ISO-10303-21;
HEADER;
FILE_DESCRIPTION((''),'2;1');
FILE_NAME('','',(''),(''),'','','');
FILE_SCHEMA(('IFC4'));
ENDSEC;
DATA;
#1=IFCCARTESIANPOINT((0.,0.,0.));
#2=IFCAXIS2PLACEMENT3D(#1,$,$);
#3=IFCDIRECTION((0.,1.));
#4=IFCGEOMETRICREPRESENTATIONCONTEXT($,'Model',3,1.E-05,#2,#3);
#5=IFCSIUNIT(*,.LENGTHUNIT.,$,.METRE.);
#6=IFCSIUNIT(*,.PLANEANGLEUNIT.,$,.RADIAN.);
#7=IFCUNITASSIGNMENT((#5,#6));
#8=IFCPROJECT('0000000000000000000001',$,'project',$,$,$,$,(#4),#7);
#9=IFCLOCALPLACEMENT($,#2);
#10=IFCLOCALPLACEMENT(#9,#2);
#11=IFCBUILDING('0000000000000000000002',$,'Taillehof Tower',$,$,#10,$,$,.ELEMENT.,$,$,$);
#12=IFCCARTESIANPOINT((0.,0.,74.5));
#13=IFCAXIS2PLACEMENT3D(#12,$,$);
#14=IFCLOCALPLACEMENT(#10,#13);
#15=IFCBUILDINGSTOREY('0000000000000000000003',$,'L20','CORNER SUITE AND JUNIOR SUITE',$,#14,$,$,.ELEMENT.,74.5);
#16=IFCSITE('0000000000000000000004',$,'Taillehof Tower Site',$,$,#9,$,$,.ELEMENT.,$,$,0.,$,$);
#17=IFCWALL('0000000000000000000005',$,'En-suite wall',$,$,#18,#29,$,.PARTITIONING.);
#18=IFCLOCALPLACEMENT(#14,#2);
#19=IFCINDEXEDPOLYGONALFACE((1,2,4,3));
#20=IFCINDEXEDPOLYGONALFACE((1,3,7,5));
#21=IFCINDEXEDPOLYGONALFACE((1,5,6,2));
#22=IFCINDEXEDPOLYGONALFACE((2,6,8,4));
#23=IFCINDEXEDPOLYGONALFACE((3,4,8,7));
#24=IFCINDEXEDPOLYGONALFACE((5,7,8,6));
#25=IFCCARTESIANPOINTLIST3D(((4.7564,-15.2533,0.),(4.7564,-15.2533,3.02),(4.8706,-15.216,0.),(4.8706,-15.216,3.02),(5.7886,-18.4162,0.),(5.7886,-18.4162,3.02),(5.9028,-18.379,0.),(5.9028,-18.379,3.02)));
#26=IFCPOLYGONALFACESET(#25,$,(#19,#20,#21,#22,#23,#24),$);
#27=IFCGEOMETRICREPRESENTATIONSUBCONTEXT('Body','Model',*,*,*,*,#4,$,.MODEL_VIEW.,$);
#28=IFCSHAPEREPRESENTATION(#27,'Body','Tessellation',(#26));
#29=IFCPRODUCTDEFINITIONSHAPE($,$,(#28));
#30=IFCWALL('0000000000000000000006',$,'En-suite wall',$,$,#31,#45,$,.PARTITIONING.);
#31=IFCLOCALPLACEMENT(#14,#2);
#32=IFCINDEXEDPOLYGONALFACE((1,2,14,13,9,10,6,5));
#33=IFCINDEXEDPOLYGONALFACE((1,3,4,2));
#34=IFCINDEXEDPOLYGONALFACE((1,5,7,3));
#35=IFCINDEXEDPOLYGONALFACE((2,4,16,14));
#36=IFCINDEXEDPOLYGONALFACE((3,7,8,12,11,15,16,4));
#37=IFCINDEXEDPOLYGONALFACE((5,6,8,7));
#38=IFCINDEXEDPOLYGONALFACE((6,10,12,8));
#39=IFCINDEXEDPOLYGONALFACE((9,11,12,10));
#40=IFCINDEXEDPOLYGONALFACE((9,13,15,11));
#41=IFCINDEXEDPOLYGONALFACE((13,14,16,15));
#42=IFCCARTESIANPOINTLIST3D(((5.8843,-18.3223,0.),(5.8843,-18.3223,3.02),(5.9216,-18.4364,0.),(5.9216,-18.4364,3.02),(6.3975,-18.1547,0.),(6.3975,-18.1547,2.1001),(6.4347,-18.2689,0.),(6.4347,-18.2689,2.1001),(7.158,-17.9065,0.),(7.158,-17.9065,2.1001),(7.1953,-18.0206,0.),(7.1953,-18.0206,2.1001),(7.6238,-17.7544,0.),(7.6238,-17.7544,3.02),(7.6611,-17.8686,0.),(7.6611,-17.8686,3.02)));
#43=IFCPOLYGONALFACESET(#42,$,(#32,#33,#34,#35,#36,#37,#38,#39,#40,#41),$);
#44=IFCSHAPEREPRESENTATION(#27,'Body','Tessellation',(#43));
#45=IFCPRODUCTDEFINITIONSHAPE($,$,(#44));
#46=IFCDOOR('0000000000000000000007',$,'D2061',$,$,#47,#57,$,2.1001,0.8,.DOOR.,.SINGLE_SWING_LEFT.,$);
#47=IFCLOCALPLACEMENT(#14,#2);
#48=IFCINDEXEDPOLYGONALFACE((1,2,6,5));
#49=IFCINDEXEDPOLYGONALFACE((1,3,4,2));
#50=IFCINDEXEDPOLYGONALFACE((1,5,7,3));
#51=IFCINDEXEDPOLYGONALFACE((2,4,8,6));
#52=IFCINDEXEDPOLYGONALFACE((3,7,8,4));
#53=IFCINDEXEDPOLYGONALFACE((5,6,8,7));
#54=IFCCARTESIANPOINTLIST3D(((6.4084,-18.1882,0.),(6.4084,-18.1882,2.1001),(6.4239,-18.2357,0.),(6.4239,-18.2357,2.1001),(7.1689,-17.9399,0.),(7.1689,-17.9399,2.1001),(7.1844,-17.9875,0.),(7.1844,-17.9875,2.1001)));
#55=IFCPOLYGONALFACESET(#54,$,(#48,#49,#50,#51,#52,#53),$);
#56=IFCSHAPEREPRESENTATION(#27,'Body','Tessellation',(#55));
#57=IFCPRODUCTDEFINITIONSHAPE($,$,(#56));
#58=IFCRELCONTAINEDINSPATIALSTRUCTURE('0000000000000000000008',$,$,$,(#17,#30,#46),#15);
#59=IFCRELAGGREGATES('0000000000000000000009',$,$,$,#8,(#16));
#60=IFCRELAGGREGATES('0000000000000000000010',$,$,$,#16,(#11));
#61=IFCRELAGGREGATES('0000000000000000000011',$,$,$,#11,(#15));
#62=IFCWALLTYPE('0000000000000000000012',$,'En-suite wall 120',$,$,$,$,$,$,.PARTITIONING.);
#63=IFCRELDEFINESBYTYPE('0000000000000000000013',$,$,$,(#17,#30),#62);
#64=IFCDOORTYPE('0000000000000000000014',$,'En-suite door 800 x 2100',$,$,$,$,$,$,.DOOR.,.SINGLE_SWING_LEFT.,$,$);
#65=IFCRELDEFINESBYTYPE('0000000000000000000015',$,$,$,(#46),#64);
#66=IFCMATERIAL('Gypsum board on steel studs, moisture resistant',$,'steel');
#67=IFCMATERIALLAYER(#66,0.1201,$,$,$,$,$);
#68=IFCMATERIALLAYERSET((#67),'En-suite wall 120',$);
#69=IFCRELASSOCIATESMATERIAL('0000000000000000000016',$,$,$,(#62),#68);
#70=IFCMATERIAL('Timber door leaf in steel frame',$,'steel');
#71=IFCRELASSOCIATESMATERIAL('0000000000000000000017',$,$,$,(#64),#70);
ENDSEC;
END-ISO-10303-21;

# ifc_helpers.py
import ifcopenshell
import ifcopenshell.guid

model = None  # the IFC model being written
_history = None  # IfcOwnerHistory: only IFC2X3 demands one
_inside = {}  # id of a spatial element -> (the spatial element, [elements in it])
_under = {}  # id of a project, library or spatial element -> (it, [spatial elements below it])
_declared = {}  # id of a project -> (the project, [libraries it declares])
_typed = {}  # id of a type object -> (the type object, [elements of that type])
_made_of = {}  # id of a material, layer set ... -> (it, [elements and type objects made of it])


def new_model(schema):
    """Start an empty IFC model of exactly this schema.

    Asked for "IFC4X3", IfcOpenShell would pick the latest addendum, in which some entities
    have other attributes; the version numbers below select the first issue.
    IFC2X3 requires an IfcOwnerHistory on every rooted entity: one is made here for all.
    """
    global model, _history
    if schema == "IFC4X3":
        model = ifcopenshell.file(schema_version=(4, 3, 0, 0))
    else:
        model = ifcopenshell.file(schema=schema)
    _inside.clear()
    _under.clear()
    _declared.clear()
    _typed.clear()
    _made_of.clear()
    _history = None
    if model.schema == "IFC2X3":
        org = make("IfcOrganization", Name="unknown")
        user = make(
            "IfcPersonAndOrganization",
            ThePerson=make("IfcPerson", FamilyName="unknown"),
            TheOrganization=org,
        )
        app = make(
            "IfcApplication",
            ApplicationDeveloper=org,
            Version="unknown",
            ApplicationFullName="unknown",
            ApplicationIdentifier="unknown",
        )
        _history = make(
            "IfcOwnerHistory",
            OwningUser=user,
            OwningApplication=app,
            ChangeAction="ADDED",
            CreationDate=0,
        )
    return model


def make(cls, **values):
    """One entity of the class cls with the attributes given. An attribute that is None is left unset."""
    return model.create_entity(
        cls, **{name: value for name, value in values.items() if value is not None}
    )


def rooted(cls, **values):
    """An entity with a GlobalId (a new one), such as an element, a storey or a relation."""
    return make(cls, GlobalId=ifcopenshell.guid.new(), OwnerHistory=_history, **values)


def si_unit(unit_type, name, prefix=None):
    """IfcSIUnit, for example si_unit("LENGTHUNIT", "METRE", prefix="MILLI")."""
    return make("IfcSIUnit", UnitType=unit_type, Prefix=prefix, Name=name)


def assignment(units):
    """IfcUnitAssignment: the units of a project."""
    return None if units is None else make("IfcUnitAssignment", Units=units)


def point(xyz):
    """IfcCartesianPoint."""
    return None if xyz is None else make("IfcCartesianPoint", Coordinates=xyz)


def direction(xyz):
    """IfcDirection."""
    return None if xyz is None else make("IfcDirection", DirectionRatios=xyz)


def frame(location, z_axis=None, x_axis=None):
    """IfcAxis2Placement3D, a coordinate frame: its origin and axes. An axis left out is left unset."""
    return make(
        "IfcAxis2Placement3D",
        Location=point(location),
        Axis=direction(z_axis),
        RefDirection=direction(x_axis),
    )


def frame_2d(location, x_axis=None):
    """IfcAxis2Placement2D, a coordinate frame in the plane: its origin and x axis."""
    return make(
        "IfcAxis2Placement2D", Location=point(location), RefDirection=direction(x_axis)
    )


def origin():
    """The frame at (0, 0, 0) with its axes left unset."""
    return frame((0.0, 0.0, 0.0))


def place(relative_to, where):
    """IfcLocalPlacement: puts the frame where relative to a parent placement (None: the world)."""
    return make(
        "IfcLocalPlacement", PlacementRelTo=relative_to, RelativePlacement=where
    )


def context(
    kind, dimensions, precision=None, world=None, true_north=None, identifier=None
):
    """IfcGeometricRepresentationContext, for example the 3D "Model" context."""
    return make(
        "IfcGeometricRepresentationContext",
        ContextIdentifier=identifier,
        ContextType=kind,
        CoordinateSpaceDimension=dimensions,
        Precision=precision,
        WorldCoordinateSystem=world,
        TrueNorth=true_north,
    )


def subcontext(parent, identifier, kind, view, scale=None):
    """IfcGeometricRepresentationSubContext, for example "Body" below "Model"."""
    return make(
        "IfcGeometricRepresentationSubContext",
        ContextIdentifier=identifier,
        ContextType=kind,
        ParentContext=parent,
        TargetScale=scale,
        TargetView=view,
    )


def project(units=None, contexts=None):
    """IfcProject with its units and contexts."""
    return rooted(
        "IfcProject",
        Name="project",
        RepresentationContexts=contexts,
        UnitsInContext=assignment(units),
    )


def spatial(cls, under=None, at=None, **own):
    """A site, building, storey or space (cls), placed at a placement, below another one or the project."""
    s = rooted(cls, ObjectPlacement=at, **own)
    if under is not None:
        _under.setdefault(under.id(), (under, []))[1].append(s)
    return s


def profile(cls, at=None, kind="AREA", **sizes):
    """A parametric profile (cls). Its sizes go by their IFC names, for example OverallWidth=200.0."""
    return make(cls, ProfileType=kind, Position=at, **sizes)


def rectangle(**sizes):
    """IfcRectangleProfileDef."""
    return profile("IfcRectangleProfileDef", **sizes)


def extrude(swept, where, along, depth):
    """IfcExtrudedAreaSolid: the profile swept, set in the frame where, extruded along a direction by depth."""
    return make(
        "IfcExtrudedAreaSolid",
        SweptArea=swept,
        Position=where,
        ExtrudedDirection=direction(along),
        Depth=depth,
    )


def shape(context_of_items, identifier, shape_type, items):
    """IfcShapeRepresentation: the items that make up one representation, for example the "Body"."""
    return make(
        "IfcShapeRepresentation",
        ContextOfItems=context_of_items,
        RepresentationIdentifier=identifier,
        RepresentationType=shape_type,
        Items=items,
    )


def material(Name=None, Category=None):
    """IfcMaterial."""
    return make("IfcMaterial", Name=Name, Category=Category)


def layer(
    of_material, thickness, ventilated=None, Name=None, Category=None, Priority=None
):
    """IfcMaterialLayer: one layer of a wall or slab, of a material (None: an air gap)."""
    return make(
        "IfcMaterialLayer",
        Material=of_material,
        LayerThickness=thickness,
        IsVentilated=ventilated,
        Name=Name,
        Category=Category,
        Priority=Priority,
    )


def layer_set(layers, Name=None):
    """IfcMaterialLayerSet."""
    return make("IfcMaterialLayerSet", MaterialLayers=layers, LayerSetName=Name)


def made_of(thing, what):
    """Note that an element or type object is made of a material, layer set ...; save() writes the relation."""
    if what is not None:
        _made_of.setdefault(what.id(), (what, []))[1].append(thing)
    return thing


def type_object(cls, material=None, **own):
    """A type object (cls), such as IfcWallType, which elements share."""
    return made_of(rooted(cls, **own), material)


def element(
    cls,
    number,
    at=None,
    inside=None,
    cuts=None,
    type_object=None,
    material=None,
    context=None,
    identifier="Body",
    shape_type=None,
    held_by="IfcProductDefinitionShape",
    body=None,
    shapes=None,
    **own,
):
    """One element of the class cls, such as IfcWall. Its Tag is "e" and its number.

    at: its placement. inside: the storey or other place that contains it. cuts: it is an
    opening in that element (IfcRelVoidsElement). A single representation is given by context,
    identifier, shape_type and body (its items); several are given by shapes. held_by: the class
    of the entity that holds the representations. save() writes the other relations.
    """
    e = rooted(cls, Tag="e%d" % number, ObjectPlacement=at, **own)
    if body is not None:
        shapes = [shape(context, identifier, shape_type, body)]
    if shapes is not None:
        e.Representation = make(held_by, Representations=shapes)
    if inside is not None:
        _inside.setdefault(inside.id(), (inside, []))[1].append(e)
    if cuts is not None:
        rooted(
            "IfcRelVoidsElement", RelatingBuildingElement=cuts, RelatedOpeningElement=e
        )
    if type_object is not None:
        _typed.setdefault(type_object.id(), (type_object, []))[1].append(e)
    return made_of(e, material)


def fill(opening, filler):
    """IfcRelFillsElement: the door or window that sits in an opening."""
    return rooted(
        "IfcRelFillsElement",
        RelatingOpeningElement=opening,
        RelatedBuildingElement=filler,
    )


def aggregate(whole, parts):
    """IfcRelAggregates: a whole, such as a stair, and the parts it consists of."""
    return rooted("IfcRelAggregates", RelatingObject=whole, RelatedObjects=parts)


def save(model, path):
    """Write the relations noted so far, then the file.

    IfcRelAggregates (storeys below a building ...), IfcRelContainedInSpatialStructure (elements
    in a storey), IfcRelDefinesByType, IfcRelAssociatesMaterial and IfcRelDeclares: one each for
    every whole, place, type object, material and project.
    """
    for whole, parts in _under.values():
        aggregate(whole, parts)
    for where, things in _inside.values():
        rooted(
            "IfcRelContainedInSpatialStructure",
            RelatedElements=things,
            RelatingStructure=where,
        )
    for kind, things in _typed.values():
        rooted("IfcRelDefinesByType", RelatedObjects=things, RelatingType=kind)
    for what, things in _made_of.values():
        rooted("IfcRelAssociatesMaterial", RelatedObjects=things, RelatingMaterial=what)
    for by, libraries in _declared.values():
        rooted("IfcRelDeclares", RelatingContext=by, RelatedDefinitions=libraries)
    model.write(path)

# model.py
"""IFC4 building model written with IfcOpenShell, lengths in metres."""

from ifc_helpers import new_model, si_unit, direction, frame, frame_2d, origin, place, context, subcontext, project, spatial, rectangle, extrude, material, layer, layer_set, type_object, element, fill, save


model = new_model("IFC4")

# Units and contexts
model_context = context("Model", 3, precision=1e-05, world=origin(), true_north=direction((0.0, 1.0)))
body_context = subcontext(model_context, "Body", "Model", "MODEL_VIEW")
ifc_project = project(units=[si_unit("LENGTHUNIT", "METRE"), si_unit("PLANEANGLEUNIT", "RADIAN")], contexts=[model_context])

# Site, building, storey
site_placement = place(None, origin())
site = spatial("IfcSite", under=ifc_project, at=site_placement, Name="Taillehof Tower Site", CompositionType="ELEMENT", RefElevation=0.0)
building_placement = place(site_placement, origin())
building = spatial("IfcBuilding", under=site, at=building_placement, Name="Taillehof Tower", CompositionType="ELEMENT")
storey_placement = place(building_placement, frame((0.0, 0.0, 74.5)))
storey = spatial("IfcBuildingStorey", under=building, at=storey_placement, Name="L20", Description="CORNER SUITE AND JUNIOR SUITE", CompositionType="ELEMENT", Elevation=74.5)

# Wall
ifc_material_1 = material(Name="Gypsum board on steel studs, moisture resistant", Category="steel")
ifc_layer_1 = layer(ifc_material_1, 0.1201)
ifc_layer_set_1 = layer_set([ifc_layer_1], Name="En-suite wall 120")
wall_type_1 = type_object("IfcWallType", Name="En-suite wall 120", PredefinedType="PARTITIONING", material=ifc_layer_set_1)
wall_1_placement = place(storey_placement, frame((4.8135, -15.2346, 0.0), z_axis=(0.0, 0.0, 1.0), x_axis=(0.310234, -0.95066, 0.0)))
element("IfcWall", 1, at=wall_1_placement, inside=storey, type_object=wall_type_1, Name="En-suite wall", PredefinedType="PARTITIONING", context=body_context, shape_type="SweptSolid", body=[
    extrude(rectangle(XDim=3.3271, YDim=0.1201, at=frame_2d((1.6636, 0.0))), origin(), (0.0, 0.0, 1.0), 3.02),
])

# Wall, opening, door
wall_2_placement = place(storey_placement, frame((5.9028, -18.3794, 0.0), z_axis=(0.0, 0.0, 1.0), x_axis=(0.950626, 0.310338, 0.0)))
wall_2 = element("IfcWall", 2, at=wall_2_placement, inside=storey, type_object=wall_type_1, Name="En-suite wall", PredefinedType="PARTITIONING", context=body_context, shape_type="SweptSolid", body=[
    extrude(rectangle(XDim=1.8298, YDim=0.1201, at=frame_2d((0.915, 0.0))), origin(), (0.0, 0.0, 1.0), 3.02),
])
opening_1_placement = place(wall_2_placement, frame((0.54, 0.0, 0.0)))
opening_1 = element("IfcOpeningElement", 3, at=opening_1_placement, cuts=wall_2, PredefinedType="OPENING", context=body_context, shape_type="SweptSolid", body=[
    extrude(rectangle(XDim=0.8, YDim=2.1001, at=frame_2d((0.3999, 1.05))), frame((0.0, 0.0701, 0.0), z_axis=(0.0, -1.0, 0.0), x_axis=(1.0, 0.0, 0.0)), (0.0, 0.0, 1.0), 0.1401),
])
ifc_material_2 = material(Name="Timber door leaf in steel frame", Category="steel")
door_type_1 = type_object("IfcDoorType", Name="En-suite door 800 x 2100", OperationType="SINGLE_SWING_LEFT", PredefinedType="DOOR", material=ifc_material_2)
door_1_placement = place(opening_1_placement, origin())
door_1 = element("IfcDoor", 4, at=door_1_placement, inside=storey, type_object=door_type_1, Name="D2061", OperationType="SINGLE_SWING_LEFT", OverallHeight=2.1001, OverallWidth=0.8, PredefinedType="DOOR", context=body_context, shape_type="SweptSolid", body=[
    extrude(rectangle(XDim=0.8, YDim=2.1001, at=frame_2d((0.3999, 1.05))), frame((0.0, 0.0249, 0.0), z_axis=(0.0, -1.0, 0.0), x_axis=(1.0, 0.0, 0.0)), (0.0, 0.0, 1.0), 0.05),
])
fill(opening_1, door_1)

save(model, "model.ifc")
